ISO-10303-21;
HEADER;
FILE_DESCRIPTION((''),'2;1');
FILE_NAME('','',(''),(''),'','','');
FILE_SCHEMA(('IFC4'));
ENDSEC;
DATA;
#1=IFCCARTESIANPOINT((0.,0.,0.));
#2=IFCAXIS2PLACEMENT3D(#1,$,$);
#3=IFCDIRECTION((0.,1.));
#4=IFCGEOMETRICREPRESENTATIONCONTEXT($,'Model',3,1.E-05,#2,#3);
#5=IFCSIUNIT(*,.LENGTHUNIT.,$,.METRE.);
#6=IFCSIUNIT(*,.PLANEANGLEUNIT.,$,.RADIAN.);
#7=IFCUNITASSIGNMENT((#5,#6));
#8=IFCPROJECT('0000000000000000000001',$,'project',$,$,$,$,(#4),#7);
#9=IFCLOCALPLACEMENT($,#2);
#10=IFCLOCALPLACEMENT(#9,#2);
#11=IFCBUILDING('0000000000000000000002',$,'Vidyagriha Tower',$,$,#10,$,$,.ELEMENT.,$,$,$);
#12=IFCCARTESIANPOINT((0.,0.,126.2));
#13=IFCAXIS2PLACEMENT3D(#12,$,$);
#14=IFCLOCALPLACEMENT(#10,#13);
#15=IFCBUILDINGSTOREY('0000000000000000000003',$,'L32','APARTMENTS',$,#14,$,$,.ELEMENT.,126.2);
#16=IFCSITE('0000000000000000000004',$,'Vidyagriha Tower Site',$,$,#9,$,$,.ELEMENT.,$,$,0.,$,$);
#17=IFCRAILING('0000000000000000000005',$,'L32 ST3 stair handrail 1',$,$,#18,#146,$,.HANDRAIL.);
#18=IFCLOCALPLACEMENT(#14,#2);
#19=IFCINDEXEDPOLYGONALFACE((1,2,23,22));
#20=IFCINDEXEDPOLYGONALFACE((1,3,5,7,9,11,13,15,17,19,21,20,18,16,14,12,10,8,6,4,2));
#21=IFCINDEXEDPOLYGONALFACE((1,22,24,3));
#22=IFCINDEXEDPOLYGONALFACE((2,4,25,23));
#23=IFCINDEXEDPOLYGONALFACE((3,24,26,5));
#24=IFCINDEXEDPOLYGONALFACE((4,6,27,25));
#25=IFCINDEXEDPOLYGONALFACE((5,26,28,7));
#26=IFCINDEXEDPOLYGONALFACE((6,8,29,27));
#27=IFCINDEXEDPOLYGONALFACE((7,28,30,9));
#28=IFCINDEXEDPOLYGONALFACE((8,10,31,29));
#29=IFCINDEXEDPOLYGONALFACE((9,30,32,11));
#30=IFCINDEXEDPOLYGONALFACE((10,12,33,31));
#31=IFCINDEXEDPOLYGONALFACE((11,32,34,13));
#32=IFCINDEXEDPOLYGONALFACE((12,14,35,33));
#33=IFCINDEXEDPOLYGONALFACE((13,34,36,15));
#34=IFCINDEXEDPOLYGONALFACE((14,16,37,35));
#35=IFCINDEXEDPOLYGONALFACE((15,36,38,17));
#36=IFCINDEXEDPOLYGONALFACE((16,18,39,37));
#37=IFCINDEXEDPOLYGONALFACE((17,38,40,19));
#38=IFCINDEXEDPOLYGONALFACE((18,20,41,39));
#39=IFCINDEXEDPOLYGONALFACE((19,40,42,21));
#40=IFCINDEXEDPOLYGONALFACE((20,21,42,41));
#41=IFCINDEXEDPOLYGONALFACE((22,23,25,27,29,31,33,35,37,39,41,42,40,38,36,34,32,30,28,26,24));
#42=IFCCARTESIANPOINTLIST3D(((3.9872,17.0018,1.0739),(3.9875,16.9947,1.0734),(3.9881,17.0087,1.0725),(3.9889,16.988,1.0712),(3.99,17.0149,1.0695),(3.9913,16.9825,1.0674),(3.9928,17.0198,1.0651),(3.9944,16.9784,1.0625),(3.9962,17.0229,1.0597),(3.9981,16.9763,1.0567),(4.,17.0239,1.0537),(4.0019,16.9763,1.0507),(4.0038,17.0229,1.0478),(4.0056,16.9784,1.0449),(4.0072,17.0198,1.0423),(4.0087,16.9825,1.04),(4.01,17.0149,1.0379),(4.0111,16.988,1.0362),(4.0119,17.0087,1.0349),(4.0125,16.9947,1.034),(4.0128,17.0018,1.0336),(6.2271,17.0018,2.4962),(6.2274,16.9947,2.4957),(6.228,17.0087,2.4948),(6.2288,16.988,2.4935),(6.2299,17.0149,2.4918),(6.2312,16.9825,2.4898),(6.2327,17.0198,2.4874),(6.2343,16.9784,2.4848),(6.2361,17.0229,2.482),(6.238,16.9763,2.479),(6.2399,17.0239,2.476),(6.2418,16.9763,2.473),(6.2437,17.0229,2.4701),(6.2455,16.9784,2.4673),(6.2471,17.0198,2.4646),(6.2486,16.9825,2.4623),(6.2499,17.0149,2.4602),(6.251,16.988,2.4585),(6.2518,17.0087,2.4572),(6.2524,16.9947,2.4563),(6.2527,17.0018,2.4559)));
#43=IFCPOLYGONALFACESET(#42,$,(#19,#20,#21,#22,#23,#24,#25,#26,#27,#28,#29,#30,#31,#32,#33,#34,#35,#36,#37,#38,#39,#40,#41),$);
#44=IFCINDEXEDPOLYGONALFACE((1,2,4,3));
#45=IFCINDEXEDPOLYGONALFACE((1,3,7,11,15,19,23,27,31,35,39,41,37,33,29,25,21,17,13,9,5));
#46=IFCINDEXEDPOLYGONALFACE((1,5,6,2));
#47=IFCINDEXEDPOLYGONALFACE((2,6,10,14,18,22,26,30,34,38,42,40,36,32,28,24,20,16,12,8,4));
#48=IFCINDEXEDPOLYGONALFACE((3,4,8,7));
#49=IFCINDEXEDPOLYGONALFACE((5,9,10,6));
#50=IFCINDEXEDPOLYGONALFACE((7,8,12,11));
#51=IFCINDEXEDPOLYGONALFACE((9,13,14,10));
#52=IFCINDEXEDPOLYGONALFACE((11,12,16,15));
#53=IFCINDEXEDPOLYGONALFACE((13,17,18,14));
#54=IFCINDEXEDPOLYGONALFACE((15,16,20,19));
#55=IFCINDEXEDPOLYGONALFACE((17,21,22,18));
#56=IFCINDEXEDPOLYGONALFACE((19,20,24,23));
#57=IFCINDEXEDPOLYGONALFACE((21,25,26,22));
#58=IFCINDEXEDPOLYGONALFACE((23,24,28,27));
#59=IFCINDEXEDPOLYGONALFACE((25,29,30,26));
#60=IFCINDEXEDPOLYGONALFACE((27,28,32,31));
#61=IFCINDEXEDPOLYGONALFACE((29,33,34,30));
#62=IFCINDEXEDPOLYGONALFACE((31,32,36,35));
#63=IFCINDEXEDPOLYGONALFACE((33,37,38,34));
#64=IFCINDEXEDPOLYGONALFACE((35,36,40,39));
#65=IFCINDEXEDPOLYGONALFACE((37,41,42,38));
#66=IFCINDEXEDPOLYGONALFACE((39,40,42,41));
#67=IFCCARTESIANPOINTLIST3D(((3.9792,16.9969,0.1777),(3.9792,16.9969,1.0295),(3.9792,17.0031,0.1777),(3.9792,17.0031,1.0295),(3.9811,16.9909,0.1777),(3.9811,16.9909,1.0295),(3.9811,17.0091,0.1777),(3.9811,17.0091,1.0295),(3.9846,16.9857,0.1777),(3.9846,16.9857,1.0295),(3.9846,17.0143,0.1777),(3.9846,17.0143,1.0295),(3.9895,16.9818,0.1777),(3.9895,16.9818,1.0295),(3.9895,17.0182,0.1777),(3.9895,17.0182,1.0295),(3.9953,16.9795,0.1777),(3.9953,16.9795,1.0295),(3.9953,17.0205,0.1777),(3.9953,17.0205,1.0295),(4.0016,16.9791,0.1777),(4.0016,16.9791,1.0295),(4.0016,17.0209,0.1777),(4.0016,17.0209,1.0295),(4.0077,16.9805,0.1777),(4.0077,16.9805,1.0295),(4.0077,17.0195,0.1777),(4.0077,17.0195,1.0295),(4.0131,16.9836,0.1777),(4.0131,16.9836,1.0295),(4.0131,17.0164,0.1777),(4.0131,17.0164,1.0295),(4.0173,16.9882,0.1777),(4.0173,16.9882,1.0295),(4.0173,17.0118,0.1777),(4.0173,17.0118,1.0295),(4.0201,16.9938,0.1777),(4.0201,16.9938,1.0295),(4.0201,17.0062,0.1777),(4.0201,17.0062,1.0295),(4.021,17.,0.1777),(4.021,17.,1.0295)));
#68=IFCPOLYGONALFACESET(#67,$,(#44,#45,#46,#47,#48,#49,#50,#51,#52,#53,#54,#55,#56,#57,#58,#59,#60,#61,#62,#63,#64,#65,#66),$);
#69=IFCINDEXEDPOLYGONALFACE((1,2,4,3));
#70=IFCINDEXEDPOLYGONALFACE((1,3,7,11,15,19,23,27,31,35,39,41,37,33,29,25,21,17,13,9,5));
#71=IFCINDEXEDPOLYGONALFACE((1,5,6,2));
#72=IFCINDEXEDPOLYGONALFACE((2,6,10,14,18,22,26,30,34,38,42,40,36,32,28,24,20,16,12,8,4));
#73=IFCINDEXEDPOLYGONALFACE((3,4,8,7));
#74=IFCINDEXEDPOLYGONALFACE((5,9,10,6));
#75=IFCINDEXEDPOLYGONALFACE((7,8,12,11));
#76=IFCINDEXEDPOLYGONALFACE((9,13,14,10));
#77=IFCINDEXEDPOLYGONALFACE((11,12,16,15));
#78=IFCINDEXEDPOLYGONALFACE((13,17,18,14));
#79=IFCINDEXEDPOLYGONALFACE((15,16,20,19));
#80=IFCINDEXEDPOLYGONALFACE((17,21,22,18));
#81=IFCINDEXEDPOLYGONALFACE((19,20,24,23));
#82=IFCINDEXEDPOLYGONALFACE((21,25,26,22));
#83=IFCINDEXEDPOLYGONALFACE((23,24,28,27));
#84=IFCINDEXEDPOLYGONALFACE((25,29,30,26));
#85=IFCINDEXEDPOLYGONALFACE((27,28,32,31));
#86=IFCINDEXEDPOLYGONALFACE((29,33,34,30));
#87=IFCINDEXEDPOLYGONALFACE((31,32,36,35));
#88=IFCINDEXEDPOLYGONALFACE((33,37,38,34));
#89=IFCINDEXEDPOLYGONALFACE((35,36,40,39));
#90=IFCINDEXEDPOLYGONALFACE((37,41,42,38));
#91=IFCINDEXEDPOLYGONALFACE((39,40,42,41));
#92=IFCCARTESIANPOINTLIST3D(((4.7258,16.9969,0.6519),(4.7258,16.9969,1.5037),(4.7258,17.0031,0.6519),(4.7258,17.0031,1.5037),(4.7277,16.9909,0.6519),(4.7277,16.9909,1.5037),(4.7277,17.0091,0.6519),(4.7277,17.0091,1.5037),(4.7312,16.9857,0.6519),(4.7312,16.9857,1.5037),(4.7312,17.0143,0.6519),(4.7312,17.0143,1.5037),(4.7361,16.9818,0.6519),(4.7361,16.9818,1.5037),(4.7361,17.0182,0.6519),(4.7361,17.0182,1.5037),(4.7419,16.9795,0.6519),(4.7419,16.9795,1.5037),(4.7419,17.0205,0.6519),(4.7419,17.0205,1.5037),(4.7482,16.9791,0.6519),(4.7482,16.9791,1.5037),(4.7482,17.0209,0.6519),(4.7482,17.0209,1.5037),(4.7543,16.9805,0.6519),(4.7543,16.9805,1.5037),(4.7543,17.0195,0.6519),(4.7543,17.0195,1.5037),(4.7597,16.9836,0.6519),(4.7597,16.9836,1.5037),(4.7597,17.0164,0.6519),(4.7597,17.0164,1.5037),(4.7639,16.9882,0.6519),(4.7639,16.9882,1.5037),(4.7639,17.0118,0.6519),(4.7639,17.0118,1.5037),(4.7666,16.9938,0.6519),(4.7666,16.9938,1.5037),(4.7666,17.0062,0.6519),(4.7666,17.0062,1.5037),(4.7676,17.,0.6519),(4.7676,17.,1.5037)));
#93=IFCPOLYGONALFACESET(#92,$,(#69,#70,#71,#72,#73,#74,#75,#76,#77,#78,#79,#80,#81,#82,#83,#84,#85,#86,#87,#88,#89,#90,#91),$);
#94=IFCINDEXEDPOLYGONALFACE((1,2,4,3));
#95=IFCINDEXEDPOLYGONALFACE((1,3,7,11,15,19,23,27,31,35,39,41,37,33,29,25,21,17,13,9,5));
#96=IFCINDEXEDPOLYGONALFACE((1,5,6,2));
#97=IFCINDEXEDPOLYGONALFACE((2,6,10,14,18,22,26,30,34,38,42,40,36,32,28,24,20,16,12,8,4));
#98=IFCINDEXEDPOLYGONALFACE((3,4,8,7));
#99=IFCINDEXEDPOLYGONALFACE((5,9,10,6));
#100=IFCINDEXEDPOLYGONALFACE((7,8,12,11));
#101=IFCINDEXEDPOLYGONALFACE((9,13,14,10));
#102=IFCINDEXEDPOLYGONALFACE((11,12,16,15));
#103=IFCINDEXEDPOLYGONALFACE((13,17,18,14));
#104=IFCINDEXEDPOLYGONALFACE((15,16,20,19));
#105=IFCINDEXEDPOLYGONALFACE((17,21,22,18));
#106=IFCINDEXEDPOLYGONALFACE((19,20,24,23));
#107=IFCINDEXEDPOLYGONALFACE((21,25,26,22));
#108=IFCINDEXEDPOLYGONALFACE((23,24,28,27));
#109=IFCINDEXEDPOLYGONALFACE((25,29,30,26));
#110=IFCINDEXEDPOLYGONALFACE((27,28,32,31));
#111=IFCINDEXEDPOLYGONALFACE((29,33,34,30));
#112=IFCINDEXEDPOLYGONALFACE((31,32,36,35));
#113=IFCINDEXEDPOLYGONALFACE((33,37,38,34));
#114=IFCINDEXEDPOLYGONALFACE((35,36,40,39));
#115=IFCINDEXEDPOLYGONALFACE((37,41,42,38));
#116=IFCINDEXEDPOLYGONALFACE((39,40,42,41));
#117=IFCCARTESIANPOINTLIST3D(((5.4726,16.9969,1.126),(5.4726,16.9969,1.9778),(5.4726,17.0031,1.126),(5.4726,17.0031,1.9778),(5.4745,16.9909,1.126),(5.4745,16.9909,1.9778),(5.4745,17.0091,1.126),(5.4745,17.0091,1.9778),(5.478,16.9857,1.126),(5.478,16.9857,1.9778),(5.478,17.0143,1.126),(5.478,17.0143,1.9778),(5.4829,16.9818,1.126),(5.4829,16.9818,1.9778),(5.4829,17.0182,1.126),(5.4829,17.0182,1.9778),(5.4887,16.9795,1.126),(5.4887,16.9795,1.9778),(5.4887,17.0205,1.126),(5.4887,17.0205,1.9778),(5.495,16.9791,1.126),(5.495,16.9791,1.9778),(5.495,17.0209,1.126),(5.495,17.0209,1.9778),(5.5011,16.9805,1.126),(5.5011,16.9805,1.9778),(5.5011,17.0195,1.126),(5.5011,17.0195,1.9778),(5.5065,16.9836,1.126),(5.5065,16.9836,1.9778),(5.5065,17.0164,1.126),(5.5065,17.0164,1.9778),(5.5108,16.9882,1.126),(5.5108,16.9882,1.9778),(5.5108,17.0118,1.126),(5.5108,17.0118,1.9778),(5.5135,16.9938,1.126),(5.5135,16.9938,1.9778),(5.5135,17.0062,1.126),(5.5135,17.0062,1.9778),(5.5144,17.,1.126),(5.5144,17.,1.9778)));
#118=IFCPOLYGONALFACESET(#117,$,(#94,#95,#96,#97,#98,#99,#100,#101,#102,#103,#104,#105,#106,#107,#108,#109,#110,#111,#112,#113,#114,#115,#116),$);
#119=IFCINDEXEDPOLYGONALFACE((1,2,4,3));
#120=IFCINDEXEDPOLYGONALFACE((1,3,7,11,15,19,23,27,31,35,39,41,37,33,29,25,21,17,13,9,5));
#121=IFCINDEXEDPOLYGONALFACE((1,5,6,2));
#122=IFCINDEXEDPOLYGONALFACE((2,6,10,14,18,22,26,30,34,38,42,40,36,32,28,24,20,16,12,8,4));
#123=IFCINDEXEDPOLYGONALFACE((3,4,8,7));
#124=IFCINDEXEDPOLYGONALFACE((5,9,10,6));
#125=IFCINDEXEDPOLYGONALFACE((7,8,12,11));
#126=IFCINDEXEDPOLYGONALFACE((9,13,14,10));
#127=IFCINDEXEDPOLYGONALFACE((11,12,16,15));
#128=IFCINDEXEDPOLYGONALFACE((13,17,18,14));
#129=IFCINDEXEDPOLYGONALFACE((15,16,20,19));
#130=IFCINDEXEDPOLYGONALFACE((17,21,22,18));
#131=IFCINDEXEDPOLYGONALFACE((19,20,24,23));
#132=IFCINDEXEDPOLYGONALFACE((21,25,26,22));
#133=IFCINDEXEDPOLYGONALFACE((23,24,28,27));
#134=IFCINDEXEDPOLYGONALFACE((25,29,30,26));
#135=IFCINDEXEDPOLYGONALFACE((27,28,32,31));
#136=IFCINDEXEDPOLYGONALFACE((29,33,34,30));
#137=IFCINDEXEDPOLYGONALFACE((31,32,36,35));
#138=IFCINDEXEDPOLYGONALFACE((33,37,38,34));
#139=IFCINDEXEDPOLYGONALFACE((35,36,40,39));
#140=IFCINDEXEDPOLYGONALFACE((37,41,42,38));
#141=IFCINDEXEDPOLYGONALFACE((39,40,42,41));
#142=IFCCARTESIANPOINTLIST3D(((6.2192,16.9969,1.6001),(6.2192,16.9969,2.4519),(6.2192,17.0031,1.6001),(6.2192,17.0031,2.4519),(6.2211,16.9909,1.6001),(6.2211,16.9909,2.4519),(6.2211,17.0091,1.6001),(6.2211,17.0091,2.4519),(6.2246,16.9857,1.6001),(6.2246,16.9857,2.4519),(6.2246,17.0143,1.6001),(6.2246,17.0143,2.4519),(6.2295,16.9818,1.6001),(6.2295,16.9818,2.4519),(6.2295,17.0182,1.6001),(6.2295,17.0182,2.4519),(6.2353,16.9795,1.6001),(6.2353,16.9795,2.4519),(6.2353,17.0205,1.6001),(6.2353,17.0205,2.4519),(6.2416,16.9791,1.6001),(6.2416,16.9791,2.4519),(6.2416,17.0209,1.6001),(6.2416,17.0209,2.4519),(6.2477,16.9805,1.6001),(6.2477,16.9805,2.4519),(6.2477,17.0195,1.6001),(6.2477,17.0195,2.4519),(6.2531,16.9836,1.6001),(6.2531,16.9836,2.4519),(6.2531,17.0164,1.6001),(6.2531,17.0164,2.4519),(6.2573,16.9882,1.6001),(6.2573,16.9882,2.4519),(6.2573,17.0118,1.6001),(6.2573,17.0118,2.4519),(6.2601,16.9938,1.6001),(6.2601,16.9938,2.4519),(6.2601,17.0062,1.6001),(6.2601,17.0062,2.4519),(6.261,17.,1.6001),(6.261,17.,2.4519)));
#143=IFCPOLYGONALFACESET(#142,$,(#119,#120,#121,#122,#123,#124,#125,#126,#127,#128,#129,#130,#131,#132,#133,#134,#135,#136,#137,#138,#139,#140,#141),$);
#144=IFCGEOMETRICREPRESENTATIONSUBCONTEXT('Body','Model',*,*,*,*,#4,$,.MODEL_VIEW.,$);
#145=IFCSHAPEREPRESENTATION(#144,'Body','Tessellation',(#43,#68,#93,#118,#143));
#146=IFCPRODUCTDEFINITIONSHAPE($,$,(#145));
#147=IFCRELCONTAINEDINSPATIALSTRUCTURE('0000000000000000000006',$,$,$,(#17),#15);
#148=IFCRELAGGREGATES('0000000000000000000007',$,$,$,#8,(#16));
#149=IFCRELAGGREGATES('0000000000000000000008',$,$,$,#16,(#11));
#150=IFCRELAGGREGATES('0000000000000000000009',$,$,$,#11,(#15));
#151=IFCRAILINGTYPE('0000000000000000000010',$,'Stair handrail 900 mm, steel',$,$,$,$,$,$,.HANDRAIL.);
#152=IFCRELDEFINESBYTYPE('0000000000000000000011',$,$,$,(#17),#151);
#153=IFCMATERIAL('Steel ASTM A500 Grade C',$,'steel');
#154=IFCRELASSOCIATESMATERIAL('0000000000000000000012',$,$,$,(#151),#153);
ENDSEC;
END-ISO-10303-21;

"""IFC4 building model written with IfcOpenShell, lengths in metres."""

from ifc_helpers import new_model, si_unit, direction, frame, origin, origin_2d, place, context, subcontext, project, spatial, circle, extrude, material, type_object, element, save


model = new_model("IFC4")

# Units and contexts
model_context = context("Model", 3, precision=1e-05, world=origin(), true_north=direction((0.0, 1.0)))
body_context = subcontext(model_context, "Body", "Model", "MODEL_VIEW")
ifc_project = project(units=[si_unit("LENGTHUNIT", "METRE"), si_unit("PLANEANGLEUNIT", "RADIAN")], contexts=[model_context])

# Site, building, storey
site_placement = place(None, origin())
site = spatial("IfcSite", under=ifc_project, at=site_placement, Name="Vidyagriha Tower Site", CompositionType="ELEMENT", RefElevation=0.0)
building_placement = place(site_placement, origin())
building = spatial("IfcBuilding", under=site, at=building_placement, Name="Vidyagriha Tower", CompositionType="ELEMENT")
storey_placement = place(building_placement, frame((0.0, 0.0, 126.2)))
storey = spatial("IfcBuildingStorey", under=building, at=storey_placement, Name="L32", Description="APARTMENTS", CompositionType="ELEMENT", Elevation=126.2)

# Railing
ifc_material_1 = material(Name="Steel ASTM A500 Grade C", Category="steel")
railing_type_1 = type_object("IfcRailingType", Name="Stair handrail 900 mm, steel", PredefinedType="HANDRAIL", material=ifc_material_1)
railing_1_placement = place(storey_placement, frame((4.0, 17.0, 0.1777)))
element("IfcRailing", 1, at=railing_1_placement, inside=storey, type_object=railing_type_1, Name="L32 ST3 stair handrail 1", PredefinedType="HANDRAIL", context=body_context, shape_type="SweptSolid", body=[
    extrude(circle(Radius=0.0239, at=origin_2d()), frame((0.0, 0.0, 0.876), z_axis=(0.844188, 0.0, 0.536048), x_axis=(0.0, 1.0, 0.0)), (0.0, 0.0, 1.0), 2.6533),
    extrude(circle(Radius=0.021, at=origin_2d()), origin(), (0.0, 0.0, 1.0), 0.8518),
    extrude(circle(Radius=0.021, at=origin_2d()), frame((0.7466, 0.0, 0.4741)), (0.0, 0.0, 1.0), 0.8518),
    extrude(circle(Radius=0.021, at=origin_2d()), frame((1.4934, 0.0, 0.9482)), (0.0, 0.0, 1.0), 0.8518),
    extrude(circle(Radius=0.021, at=origin_2d()), frame((2.24, 0.0, 1.4224)), (0.0, 0.0, 1.0), 0.8518),
])

save(model, "model.ifc")
